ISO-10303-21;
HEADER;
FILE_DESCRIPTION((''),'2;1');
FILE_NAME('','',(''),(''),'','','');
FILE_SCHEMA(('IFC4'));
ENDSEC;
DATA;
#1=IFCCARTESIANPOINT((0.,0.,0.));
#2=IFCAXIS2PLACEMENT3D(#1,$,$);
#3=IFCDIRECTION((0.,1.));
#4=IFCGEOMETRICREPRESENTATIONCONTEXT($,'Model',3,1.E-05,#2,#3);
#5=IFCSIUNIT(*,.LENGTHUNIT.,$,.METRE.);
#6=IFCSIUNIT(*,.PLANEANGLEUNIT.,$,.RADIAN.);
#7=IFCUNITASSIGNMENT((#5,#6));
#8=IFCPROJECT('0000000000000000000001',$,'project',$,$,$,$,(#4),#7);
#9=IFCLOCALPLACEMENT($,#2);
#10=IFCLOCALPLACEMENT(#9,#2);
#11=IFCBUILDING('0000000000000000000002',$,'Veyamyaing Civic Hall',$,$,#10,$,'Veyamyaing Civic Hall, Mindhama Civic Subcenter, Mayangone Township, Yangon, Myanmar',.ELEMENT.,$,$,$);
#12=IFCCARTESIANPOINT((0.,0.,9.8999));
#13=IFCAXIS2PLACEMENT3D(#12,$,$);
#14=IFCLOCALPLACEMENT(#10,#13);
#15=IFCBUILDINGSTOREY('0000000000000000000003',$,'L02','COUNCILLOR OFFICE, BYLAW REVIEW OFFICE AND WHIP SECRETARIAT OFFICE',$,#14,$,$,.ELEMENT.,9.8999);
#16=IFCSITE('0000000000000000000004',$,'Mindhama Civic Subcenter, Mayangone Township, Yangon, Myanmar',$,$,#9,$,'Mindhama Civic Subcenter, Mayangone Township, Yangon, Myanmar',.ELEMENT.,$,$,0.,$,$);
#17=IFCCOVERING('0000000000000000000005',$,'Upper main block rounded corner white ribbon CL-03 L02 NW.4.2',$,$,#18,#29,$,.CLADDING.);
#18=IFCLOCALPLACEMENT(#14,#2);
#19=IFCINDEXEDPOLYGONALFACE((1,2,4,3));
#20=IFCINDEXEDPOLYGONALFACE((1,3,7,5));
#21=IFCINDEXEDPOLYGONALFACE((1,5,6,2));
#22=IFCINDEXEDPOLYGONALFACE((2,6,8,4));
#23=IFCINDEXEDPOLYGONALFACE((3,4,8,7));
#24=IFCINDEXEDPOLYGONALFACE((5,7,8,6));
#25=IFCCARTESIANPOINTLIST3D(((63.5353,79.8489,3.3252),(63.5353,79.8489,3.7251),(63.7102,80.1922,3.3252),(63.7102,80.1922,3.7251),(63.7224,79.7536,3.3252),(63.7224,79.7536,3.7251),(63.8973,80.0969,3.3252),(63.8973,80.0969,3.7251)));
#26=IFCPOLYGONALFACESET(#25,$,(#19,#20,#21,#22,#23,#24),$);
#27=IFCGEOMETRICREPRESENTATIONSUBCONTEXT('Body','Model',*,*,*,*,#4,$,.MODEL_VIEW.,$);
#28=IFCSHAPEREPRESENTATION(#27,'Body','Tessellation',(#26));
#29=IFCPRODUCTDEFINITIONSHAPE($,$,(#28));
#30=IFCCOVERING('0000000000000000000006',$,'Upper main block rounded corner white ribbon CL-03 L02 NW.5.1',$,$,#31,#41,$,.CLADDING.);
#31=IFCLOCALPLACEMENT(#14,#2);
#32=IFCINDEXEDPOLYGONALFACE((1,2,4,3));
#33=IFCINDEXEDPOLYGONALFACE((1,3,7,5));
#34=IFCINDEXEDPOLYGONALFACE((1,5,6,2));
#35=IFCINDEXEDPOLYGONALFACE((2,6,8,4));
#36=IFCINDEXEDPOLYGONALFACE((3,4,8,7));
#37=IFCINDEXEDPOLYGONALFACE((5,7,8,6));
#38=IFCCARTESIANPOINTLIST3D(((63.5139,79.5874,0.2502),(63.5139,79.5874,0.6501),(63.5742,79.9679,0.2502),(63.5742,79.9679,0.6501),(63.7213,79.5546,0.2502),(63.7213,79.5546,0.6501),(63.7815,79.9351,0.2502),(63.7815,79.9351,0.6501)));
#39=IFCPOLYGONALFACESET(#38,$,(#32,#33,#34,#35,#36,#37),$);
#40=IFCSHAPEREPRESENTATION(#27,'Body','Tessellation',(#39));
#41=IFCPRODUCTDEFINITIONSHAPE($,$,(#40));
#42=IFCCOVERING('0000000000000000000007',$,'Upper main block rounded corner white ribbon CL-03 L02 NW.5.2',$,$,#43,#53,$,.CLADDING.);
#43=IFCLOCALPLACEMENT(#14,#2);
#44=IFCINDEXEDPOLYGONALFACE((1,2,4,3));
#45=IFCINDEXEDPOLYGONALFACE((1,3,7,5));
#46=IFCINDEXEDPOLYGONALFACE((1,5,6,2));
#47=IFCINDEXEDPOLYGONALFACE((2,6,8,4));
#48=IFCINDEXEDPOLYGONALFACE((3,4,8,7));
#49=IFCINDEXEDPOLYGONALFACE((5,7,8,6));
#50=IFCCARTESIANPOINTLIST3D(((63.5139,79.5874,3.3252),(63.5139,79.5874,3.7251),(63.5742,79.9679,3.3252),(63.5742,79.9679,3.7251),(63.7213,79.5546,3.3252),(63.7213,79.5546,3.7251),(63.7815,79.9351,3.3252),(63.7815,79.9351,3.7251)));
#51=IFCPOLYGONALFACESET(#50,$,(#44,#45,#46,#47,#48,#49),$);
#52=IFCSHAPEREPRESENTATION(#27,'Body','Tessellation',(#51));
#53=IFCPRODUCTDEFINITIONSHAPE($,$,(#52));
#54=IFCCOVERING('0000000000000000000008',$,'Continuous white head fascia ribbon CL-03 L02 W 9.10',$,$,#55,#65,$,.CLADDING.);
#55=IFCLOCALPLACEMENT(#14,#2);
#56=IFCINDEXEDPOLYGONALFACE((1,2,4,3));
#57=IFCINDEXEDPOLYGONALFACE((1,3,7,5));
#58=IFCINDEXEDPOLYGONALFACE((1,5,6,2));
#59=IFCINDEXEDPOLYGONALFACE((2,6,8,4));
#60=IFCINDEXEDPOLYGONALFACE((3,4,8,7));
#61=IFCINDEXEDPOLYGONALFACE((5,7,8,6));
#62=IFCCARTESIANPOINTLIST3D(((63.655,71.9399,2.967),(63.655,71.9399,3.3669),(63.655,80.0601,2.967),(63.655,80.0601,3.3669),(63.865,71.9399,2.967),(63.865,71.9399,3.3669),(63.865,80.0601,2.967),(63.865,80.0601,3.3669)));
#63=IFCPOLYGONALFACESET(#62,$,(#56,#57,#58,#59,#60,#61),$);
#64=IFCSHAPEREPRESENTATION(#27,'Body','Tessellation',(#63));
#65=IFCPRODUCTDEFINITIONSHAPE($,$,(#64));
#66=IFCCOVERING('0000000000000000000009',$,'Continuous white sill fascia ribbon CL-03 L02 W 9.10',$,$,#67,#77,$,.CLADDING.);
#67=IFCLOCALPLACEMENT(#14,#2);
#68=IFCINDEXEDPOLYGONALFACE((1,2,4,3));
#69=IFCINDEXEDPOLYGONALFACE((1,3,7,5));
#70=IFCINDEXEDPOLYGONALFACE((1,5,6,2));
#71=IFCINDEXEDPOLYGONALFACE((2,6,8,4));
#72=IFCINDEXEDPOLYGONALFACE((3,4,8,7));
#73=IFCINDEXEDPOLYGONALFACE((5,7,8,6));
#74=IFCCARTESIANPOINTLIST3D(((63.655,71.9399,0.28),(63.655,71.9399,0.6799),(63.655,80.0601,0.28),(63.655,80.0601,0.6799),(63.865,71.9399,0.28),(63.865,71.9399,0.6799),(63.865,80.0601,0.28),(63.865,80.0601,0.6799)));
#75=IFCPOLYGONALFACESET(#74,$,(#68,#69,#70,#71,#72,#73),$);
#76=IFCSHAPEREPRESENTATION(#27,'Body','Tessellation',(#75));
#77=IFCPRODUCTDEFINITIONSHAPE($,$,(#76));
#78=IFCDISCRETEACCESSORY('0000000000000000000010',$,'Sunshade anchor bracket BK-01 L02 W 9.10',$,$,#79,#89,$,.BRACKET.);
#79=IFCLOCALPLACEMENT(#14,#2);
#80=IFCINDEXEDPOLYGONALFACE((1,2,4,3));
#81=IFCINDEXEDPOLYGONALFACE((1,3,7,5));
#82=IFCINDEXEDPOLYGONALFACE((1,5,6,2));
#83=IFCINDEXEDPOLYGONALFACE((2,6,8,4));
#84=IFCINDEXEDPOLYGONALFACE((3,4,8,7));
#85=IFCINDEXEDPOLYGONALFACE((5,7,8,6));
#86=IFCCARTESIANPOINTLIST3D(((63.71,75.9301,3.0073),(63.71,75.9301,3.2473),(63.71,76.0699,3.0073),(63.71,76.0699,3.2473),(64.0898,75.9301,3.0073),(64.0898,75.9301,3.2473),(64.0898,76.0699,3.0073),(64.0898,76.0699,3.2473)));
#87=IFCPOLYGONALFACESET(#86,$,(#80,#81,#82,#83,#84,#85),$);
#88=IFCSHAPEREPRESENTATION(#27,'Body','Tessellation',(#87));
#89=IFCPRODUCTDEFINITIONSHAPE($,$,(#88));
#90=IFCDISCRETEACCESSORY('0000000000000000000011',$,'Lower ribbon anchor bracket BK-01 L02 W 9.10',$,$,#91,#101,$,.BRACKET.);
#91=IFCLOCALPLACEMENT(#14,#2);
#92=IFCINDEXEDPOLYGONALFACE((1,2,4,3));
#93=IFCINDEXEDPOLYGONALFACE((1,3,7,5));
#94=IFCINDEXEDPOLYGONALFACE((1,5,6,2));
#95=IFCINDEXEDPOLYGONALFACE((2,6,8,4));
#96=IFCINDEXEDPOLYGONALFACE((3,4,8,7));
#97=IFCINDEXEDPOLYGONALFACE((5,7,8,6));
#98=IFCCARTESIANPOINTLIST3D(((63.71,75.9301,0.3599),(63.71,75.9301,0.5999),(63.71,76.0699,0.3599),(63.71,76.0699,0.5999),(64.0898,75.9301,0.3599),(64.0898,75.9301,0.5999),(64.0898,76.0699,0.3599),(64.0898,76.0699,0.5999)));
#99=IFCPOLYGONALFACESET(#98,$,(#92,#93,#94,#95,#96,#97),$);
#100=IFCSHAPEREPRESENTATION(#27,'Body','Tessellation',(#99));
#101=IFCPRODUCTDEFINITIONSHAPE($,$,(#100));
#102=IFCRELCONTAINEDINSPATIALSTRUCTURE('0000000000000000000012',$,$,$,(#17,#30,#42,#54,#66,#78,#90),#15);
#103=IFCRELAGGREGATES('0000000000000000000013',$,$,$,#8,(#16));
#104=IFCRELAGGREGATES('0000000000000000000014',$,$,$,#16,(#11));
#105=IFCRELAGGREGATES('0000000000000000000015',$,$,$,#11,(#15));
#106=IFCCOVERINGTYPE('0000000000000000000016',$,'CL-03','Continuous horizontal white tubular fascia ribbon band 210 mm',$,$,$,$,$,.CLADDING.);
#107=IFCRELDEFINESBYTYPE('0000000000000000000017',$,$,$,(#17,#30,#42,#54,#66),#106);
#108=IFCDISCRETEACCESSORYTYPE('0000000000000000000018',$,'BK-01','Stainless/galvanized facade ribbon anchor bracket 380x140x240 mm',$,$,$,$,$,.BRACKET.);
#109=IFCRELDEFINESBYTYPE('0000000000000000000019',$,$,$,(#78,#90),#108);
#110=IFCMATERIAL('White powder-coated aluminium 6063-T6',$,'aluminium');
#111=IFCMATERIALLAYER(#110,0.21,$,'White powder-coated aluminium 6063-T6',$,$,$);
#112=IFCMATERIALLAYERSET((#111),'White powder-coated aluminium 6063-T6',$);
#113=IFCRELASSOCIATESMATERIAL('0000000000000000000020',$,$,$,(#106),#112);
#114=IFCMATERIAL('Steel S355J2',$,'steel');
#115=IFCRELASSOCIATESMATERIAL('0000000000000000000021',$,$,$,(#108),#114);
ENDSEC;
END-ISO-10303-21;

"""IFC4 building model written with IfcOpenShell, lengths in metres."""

from ifc_helpers import new_model, si_unit, direction, frame, origin, origin_2d, place, context, subcontext, project, spatial, rectangle, extrude, material, layer, layer_set, type_object, element, save


model = new_model("IFC4")

# Units and contexts
model_context = context("Model", 3, precision=1e-05, world=origin(), true_north=direction((0.0, 1.0)))
body_context = subcontext(model_context, "Body", "Model", "MODEL_VIEW")
ifc_project = project(units=[si_unit("LENGTHUNIT", "METRE"), si_unit("PLANEANGLEUNIT", "RADIAN")], contexts=[model_context])

# Site, building, storey
site_placement = place(None, origin())
site = spatial("IfcSite", under=ifc_project, at=site_placement, Name="Mindhama Civic Subcenter, Mayangone Township, Yangon, Myanmar", LongName="Mindhama Civic Subcenter, Mayangone Township, Yangon, Myanmar", CompositionType="ELEMENT", RefElevation=0.0)
building_placement = place(site_placement, origin())
building = spatial("IfcBuilding", under=site, at=building_placement, Name="Veyamyaing Civic Hall", LongName="Veyamyaing Civic Hall, Mindhama Civic Subcenter, Mayangone Township, Yangon, Myanmar", CompositionType="ELEMENT")
storey_placement = place(building_placement, frame((0.0, 0.0, 9.8999)))
storey = spatial("IfcBuildingStorey", under=building, at=storey_placement, Name="L02", Description="COUNCILLOR OFFICE, BYLAW REVIEW OFFICE AND WHIP SECRETARIAT OFFICE", CompositionType="ELEMENT", Elevation=9.8999)

# Coverings
ifc_material_1 = material(Name="White powder-coated aluminium 6063-T6", Category="aluminium")
ifc_layer_1 = layer(ifc_material_1, 0.21, Name="White powder-coated aluminium 6063-T6")
ifc_layer_set_1 = layer_set([ifc_layer_1], Name="White powder-coated aluminium 6063-T6")
covering_type = type_object("IfcCoveringType", Name="CL-03", Description="Continuous horizontal white tubular fascia ribbon band 210 mm", PredefinedType="CLADDING", material=ifc_layer_set_1)
for number, where, z_axis, x_axis, name in (
    (1, (63.7163, 79.9729, 3.3252), (0.0, 0.0, 1.0), (-0.45399, -0.891007, 0.0), "Upper main block rounded corner white ribbon CL-03 L02 NW.4.2"),
    (2, (63.6477, 79.7612, 0.2502), (0.0, 0.0, 1.0), (-0.156434, -0.987688, 0.0), "Upper main block rounded corner white ribbon CL-03 L02 NW.5.1"),
    (3, (63.6477, 79.7612, 3.3252), (0.0, 0.0, 1.0), (-0.156434, -0.987688, 0.0), "Upper main block rounded corner white ribbon CL-03 L02 NW.5.2"),
):
    element("IfcCovering", number, at=place(storey_placement, frame(where, z_axis=z_axis, x_axis=x_axis)), inside=storey, type_object=covering_type, Name=name, PredefinedType="CLADDING", context=body_context, shape_type="SweptSolid", body=[
        extrude(rectangle(XDim=0.3853, YDim=0.21, at=origin_2d()), origin(), (0.0, 0.0, 1.0), 0.3999),
    ])
for number, where, z_axis, x_axis, name in (
    (4, (63.76, 76.0, 2.967), (0.0, 0.0, 1.0), (0.0, 1.0, 0.0), "Continuous white head fascia ribbon CL-03 L02 W 9.10"),
    (5, (63.76, 76.0, 0.28), (0.0, 0.0, 1.0), (0.0, 1.0, 0.0), "Continuous white sill fascia ribbon CL-03 L02 W 9.10"),
):
    element("IfcCovering", number, at=place(storey_placement, frame(where, z_axis=z_axis, x_axis=x_axis)), inside=storey, type_object=covering_type, Name=name, PredefinedType="CLADDING", context=body_context, shape_type="SweptSolid", body=[
        extrude(rectangle(XDim=8.1201, YDim=0.21, at=origin_2d()), origin(), (0.0, 0.0, 1.0), 0.3999),
    ])

# Discrete accessories
ifc_material_2 = material(Name="Steel S355J2", Category="steel")
discrete_accessory_type = type_object("IfcDiscreteAccessoryType", Name="BK-01", Description="Stainless/galvanized facade ribbon anchor bracket 380x140x240 mm", PredefinedType="BRACKET", material=ifc_material_2)
for number, where, z_axis, x_axis, name in (
    (6, (63.8999, 76.0, 3.0073), (0.0, 0.0, 1.0), (-1.0, 0.0, 0.0), "Sunshade anchor bracket BK-01 L02 W 9.10"),
    (7, (63.8999, 76.0, 0.3599), (0.0, 0.0, 1.0), (-1.0, 0.0, 0.0), "Lower ribbon anchor bracket BK-01 L02 W 9.10"),
):
    element("IfcDiscreteAccessory", number, at=place(storey_placement, frame(where, z_axis=z_axis, x_axis=x_axis)), inside=storey, type_object=discrete_accessory_type, Name=name, PredefinedType="BRACKET", context=body_context, shape_type="SweptSolid", body=[
        extrude(rectangle(XDim=0.3799, YDim=0.1399, at=origin_2d()), origin(), (0.0, 0.0, 1.0), 0.24),
    ])

save(model, "model.ifc")
